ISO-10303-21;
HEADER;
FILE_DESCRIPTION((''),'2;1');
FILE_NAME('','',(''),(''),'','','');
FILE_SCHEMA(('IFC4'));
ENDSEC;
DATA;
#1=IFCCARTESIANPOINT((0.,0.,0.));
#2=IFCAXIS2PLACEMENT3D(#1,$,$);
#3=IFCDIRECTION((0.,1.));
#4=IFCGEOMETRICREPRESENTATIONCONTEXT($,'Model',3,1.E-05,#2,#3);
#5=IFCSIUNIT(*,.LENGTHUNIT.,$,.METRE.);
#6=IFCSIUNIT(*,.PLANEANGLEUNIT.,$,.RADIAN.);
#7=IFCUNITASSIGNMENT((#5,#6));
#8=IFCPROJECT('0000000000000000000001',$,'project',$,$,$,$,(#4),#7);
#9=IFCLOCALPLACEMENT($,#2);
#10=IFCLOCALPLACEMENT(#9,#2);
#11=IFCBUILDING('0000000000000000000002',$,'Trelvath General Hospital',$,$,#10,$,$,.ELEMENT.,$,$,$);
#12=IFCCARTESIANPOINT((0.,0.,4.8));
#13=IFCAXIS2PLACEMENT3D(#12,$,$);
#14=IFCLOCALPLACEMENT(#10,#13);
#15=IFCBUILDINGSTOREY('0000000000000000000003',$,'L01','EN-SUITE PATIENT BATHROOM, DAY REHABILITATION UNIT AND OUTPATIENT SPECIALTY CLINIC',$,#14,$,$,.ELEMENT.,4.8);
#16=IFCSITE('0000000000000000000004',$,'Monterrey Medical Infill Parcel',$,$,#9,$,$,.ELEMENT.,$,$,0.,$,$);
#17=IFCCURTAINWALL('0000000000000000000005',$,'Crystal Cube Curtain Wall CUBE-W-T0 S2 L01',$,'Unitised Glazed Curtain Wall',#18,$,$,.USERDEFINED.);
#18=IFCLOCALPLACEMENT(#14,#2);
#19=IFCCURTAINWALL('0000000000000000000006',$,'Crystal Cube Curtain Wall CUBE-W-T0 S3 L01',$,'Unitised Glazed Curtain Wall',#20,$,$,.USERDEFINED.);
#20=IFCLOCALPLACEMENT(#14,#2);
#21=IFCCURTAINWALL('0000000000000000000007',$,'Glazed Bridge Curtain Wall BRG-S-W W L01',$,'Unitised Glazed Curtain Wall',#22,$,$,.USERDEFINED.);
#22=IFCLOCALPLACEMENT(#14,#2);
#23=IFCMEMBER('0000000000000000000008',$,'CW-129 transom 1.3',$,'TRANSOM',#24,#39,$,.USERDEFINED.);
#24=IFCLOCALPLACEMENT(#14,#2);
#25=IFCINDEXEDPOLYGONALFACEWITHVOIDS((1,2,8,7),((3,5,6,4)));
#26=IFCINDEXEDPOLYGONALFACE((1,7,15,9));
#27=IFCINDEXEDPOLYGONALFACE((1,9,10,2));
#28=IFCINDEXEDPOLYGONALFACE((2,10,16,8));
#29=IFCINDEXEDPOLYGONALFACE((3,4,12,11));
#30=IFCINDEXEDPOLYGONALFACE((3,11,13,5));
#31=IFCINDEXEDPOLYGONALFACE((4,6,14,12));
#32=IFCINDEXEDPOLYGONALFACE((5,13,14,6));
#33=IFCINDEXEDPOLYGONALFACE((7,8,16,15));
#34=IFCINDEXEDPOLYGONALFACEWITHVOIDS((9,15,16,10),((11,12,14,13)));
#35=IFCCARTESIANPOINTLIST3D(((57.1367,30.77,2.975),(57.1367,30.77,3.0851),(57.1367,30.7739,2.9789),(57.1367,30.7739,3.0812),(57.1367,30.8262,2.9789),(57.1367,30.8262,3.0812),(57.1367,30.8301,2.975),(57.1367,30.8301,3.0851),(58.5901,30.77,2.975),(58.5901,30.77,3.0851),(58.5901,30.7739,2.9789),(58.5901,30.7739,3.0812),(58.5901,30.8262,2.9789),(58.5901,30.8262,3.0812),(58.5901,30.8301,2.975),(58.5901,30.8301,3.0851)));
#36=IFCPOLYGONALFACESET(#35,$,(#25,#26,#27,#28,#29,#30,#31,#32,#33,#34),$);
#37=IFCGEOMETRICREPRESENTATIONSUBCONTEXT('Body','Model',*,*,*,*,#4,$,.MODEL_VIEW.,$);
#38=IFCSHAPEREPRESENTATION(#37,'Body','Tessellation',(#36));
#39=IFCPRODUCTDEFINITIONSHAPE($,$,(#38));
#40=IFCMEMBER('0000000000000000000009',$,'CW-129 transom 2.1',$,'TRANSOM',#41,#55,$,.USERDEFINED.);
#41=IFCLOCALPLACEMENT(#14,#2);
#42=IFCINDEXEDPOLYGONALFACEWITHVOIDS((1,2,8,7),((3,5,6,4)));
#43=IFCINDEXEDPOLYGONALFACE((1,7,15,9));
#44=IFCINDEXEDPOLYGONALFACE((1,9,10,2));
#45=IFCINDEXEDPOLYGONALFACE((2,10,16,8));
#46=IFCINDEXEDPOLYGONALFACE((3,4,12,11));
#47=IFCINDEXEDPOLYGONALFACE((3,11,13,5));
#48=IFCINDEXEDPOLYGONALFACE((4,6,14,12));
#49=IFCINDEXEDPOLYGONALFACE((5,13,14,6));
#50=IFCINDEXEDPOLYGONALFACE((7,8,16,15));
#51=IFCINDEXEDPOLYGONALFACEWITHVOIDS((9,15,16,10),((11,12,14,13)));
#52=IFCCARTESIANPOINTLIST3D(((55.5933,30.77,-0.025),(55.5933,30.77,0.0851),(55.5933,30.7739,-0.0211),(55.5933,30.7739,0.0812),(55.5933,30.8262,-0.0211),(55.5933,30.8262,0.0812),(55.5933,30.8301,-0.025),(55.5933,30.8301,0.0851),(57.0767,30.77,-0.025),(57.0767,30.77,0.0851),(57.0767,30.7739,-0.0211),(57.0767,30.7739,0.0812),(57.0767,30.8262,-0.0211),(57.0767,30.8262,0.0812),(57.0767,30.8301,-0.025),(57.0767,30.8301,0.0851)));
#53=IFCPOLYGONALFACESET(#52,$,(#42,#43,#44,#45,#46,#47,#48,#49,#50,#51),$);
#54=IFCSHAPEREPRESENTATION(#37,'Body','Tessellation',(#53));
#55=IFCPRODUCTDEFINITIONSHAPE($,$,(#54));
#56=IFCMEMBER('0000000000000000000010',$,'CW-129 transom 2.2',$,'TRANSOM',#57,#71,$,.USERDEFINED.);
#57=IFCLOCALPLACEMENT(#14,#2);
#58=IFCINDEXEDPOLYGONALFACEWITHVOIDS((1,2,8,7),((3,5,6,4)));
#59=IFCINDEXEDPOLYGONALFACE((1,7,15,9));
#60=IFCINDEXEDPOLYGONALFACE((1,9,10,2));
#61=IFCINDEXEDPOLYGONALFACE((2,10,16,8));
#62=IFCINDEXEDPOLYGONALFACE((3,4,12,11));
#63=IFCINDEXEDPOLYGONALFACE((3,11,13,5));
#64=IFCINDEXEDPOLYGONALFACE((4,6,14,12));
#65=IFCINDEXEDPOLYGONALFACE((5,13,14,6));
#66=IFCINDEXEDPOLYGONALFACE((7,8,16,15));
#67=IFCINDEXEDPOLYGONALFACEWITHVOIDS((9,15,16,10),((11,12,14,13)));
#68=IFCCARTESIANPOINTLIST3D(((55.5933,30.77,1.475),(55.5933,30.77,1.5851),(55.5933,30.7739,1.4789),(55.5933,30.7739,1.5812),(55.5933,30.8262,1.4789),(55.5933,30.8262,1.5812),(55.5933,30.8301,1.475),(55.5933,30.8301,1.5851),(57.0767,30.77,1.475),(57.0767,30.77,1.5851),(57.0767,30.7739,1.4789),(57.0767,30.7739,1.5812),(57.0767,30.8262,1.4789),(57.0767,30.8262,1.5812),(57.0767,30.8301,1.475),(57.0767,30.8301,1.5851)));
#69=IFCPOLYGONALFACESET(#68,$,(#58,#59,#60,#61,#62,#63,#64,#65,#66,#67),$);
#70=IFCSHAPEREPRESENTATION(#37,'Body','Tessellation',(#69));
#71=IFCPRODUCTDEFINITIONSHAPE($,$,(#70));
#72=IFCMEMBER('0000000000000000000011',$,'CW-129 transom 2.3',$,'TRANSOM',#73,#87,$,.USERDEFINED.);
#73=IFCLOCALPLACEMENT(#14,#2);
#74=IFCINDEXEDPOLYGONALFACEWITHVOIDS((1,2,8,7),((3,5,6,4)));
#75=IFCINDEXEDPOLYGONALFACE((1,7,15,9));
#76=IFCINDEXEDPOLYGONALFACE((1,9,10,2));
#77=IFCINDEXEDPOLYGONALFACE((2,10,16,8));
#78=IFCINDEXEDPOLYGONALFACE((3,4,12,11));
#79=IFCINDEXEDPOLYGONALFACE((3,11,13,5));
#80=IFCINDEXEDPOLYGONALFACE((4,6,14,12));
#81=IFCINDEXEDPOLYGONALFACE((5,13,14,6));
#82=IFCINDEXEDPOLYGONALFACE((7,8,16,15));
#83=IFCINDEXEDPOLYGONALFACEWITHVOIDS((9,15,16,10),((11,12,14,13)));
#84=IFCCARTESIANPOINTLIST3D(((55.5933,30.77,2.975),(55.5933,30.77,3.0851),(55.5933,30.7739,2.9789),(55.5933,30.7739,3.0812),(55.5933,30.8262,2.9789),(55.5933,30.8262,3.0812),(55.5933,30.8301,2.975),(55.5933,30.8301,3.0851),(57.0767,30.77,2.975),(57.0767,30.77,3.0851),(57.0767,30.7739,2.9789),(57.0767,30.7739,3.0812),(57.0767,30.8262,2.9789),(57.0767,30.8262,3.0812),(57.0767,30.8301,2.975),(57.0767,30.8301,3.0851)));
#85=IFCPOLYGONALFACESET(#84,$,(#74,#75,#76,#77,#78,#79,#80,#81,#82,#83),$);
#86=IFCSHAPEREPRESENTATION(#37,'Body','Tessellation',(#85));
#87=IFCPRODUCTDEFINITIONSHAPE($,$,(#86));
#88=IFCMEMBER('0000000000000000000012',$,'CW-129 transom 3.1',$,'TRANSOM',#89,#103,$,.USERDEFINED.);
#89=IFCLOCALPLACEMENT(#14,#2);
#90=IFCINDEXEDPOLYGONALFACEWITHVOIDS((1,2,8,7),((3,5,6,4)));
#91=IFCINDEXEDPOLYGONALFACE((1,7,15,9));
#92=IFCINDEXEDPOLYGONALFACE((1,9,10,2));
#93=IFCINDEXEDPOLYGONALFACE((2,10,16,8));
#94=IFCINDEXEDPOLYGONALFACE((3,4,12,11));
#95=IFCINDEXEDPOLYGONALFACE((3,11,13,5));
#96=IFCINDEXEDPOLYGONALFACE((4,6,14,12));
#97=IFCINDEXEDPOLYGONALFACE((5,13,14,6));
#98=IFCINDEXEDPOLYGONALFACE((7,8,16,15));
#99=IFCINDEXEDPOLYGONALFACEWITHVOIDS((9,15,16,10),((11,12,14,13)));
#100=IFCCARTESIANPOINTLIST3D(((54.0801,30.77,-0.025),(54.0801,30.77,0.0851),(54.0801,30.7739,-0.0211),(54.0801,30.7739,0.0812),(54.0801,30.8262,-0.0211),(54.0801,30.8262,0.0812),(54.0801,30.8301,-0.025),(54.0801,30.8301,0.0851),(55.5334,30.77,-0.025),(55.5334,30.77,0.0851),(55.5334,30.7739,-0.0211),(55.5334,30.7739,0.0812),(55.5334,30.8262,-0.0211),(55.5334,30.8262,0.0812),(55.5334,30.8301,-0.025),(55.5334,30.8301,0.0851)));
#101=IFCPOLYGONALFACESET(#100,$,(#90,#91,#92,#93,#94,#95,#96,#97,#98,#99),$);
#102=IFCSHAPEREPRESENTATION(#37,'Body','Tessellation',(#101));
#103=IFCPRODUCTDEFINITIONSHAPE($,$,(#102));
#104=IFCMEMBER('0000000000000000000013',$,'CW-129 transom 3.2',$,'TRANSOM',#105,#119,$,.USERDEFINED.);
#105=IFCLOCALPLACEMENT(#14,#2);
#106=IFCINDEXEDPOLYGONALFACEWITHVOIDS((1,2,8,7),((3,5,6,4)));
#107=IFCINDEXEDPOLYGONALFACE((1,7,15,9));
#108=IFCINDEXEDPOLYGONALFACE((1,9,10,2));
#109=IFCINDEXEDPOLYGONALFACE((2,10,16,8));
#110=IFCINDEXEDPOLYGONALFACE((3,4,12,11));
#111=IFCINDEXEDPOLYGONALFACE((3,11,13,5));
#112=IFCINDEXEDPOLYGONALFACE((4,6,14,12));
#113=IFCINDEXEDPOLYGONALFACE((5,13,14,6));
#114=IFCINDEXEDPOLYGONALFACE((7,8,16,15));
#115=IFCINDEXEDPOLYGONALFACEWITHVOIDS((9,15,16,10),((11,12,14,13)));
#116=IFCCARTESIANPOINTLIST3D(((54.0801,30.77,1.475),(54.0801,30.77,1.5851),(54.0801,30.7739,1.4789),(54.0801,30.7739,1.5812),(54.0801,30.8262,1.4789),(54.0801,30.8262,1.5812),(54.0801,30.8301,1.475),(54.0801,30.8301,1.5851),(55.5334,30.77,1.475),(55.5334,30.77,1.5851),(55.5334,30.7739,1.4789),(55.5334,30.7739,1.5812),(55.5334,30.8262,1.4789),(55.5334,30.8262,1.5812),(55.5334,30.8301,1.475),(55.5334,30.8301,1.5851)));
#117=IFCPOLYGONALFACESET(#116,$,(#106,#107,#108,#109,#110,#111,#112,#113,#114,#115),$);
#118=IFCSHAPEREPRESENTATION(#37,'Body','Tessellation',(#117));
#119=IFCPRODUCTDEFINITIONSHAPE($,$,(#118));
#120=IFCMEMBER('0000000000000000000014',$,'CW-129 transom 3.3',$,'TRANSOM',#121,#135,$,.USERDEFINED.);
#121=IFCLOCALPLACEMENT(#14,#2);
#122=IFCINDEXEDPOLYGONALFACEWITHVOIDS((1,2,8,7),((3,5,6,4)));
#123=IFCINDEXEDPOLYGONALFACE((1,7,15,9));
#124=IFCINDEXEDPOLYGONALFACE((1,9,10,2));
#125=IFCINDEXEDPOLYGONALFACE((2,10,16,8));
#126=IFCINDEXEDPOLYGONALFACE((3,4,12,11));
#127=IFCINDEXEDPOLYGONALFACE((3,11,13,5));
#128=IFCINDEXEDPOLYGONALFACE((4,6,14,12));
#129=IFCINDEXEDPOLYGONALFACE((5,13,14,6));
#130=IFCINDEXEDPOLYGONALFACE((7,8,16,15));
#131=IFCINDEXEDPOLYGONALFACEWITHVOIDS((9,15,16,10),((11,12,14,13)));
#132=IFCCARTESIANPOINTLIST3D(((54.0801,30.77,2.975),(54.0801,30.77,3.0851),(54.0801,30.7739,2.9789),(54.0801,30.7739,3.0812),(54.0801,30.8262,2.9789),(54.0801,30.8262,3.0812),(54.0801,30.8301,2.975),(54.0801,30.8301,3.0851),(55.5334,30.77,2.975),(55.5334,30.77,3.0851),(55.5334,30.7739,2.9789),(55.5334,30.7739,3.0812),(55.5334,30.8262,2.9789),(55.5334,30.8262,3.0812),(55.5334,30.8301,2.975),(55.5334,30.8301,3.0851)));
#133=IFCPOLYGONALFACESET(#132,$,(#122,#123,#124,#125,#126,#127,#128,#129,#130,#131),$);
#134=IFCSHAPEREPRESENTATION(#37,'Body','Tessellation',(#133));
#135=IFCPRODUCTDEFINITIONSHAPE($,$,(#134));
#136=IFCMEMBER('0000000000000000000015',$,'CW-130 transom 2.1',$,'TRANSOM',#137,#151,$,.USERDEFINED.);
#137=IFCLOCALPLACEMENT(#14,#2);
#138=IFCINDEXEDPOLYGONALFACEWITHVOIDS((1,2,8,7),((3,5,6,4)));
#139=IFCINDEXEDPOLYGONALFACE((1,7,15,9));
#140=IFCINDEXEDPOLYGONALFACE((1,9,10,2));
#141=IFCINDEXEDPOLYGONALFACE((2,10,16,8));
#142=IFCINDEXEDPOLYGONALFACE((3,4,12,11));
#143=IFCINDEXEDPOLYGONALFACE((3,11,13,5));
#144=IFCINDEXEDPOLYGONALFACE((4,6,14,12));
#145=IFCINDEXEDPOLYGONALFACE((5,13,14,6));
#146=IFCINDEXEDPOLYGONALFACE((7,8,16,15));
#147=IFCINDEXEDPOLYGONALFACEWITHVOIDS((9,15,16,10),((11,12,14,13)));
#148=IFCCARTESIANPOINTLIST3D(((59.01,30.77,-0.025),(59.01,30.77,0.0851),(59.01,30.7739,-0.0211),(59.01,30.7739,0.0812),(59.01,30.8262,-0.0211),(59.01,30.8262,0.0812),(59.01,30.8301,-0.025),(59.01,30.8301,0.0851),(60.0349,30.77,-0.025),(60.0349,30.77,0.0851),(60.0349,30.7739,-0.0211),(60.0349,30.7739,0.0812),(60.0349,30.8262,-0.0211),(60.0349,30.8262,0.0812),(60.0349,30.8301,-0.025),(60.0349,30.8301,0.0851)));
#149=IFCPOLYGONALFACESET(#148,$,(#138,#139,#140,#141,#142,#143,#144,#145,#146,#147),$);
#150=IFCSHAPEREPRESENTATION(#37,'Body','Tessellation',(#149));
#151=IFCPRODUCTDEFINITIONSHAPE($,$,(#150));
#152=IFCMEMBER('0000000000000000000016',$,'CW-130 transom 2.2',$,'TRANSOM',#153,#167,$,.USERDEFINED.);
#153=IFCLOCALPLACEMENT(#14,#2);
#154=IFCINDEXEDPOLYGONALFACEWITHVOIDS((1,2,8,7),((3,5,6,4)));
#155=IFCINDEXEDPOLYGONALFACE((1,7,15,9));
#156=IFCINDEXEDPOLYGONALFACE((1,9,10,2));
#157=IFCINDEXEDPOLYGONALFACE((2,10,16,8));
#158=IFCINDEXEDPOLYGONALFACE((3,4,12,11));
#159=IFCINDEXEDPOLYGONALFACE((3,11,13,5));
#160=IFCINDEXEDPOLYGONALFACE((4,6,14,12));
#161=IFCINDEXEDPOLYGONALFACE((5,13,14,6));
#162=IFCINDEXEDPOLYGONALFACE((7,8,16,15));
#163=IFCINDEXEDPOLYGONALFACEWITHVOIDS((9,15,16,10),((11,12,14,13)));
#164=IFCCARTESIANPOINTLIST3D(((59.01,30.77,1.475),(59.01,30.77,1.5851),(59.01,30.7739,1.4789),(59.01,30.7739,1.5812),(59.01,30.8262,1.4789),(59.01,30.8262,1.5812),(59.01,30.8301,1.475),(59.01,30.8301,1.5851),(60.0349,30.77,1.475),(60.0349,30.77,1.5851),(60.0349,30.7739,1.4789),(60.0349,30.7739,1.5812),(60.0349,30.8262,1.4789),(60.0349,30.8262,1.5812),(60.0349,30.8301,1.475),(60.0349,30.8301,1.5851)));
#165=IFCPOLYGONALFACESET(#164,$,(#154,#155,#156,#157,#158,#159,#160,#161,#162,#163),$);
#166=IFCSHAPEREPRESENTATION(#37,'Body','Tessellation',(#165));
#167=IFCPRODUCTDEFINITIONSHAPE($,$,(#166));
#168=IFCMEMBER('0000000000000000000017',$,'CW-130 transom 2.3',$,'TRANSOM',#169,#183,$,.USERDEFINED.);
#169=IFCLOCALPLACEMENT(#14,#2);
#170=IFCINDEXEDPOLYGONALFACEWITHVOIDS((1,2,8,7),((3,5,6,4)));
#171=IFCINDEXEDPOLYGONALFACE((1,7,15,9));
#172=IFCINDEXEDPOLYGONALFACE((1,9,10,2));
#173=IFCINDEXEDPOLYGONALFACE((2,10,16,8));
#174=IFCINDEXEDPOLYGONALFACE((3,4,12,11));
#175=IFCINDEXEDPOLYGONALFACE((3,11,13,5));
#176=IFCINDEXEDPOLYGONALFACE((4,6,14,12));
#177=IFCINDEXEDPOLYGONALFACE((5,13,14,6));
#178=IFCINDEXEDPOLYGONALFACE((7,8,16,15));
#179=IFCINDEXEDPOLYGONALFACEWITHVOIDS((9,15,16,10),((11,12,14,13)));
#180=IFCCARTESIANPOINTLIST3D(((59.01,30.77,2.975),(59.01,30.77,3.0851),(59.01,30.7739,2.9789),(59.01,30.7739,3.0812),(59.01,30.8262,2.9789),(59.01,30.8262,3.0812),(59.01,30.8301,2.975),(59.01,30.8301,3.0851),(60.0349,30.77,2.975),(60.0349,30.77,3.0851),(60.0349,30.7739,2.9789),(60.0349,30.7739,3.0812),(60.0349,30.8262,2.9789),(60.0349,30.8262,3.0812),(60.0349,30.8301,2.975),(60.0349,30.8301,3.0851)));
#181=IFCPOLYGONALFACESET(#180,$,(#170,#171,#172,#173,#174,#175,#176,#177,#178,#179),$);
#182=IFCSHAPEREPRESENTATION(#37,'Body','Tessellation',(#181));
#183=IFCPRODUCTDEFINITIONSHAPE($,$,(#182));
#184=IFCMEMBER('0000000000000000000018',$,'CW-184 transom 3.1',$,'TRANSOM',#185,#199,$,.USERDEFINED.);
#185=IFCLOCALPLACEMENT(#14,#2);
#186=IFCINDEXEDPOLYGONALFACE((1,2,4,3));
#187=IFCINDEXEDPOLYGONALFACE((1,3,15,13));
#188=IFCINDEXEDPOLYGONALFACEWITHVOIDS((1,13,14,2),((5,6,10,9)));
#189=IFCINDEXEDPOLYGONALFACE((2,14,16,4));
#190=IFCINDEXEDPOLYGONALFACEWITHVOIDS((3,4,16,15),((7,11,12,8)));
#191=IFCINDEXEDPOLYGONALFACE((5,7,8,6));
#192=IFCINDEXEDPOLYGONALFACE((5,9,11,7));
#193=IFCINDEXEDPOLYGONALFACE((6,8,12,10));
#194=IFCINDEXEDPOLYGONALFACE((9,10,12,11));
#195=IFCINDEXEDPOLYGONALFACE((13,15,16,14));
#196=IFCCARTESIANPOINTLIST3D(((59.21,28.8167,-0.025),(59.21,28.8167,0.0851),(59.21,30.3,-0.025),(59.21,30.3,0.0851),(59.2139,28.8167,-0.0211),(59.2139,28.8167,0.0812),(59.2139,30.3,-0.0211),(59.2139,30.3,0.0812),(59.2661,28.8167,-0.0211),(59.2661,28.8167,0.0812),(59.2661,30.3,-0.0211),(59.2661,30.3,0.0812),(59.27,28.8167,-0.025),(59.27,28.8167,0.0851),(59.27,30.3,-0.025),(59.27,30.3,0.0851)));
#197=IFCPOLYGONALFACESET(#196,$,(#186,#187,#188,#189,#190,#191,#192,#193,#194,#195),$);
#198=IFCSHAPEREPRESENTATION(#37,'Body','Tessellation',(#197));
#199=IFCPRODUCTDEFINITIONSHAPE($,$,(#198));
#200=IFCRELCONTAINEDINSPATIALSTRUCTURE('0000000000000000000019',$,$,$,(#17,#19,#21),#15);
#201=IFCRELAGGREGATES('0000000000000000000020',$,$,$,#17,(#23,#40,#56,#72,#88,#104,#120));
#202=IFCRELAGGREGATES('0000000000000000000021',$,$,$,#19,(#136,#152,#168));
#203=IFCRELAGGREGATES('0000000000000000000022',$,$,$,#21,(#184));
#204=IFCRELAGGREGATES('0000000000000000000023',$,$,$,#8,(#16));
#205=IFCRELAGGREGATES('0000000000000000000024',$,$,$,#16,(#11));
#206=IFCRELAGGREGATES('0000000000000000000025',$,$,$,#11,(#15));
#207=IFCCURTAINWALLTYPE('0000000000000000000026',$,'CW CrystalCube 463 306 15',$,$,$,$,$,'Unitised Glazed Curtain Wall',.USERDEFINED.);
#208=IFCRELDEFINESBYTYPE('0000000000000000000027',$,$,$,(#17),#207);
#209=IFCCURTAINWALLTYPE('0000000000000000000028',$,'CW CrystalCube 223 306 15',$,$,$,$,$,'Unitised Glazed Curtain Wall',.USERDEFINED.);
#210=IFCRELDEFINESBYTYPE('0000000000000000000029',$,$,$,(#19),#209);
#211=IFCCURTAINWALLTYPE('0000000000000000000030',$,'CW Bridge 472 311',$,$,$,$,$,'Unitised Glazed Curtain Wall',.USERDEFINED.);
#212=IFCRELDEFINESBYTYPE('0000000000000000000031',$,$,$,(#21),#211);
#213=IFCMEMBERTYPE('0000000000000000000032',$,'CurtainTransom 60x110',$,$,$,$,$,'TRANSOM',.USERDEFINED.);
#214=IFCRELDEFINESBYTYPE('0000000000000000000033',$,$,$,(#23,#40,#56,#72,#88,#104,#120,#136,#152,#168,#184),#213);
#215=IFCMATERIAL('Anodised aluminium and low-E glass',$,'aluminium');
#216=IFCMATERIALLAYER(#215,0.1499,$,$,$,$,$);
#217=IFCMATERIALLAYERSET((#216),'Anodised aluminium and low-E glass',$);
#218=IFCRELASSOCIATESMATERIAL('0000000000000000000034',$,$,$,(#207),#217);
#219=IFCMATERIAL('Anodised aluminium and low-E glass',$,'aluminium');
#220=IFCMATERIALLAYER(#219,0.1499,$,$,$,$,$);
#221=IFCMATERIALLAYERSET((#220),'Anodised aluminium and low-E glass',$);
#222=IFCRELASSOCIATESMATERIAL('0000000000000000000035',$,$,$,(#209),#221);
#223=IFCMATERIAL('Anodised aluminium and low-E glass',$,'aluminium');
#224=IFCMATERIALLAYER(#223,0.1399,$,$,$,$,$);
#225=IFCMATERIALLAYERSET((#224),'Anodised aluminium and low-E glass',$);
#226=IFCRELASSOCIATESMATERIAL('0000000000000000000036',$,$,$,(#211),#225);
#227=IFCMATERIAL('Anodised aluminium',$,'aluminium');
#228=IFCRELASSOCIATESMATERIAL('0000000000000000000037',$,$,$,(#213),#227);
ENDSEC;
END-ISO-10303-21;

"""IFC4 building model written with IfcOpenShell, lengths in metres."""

from ifc_helpers import new_model, si_unit, direction, frame, origin, origin_2d, place, context, subcontext, project, spatial, hollow_rectangle, extrude, material, layer, layer_set, material_profile, profile_set, type_object, element, aggregate, save


model = new_model("IFC4")

# Units and contexts
model_context = context("Model", 3, precision=1e-05, world=origin(), true_north=direction((0.0, 1.0)))
body_context = subcontext(model_context, "Body", "Model", "MODEL_VIEW")
ifc_project = project(units=[si_unit("LENGTHUNIT", "METRE"), si_unit("PLANEANGLEUNIT", "RADIAN")], contexts=[model_context])

# Site, building, storey
site_placement = place(None, origin())
site = spatial("IfcSite", under=ifc_project, at=site_placement, Name="Monterrey Medical Infill Parcel", CompositionType="ELEMENT", RefElevation=0.0)
building_placement = place(site_placement, origin())
building = spatial("IfcBuilding", under=site, at=building_placement, Name="Trelvath General Hospital", CompositionType="ELEMENT")
storey_placement = place(building_placement, frame((0.0, 0.0, 4.8)))
storey = spatial("IfcBuildingStorey", under=building, at=storey_placement, Name="L01", Description="EN-SUITE PATIENT BATHROOM, DAY REHABILITATION UNIT AND OUTPATIENT SPECIALTY CLINIC", CompositionType="ELEMENT", Elevation=4.8)

# Curtain walls
ifc_material_1 = material(Name="Anodised aluminium and low-E glass", Category="aluminium")
ifc_layer_1 = layer(ifc_material_1, 0.1499)
ifc_layer_set_1 = layer_set([ifc_layer_1], Name="Anodised aluminium and low-E glass")
curtain_wall_type_1 = type_object("IfcCurtainWallType", Name="CW CrystalCube 463 306 15", ElementType="Unitised Glazed Curtain Wall", PredefinedType="USERDEFINED", material=ifc_layer_set_1)
curtain_wall_1_placement = place(storey_placement, origin())
curtain_wall_1 = element("IfcCurtainWall", 1, at=curtain_wall_1_placement, inside=storey, type_object=curtain_wall_type_1, Name="Crystal Cube Curtain Wall CUBE-W-T0 S2 L01", ObjectType="Unitised Glazed Curtain Wall", PredefinedType="USERDEFINED")
ifc_material_2 = material(Name="Anodised aluminium and low-E glass", Category="aluminium")
ifc_layer_2 = layer(ifc_material_2, 0.1499)
ifc_layer_set_2 = layer_set([ifc_layer_2], Name="Anodised aluminium and low-E glass")
curtain_wall_type_2 = type_object("IfcCurtainWallType", Name="CW CrystalCube 223 306 15", ElementType="Unitised Glazed Curtain Wall", PredefinedType="USERDEFINED", material=ifc_layer_set_2)
curtain_wall_2_placement = place(storey_placement, origin())
curtain_wall_2 = element("IfcCurtainWall", 2, at=curtain_wall_2_placement, inside=storey, type_object=curtain_wall_type_2, Name="Crystal Cube Curtain Wall CUBE-W-T0 S3 L01", ObjectType="Unitised Glazed Curtain Wall", PredefinedType="USERDEFINED")
ifc_material_3 = material(Name="Anodised aluminium and low-E glass", Category="aluminium")
ifc_layer_3 = layer(ifc_material_3, 0.1399)
ifc_layer_set_3 = layer_set([ifc_layer_3], Name="Anodised aluminium and low-E glass")
curtain_wall_type_3 = type_object("IfcCurtainWallType", Name="CW Bridge 472 311", ElementType="Unitised Glazed Curtain Wall", PredefinedType="USERDEFINED", material=ifc_layer_set_3)
curtain_wall_3_placement = place(storey_placement, origin())
curtain_wall_3 = element("IfcCurtainWall", 3, at=curtain_wall_3_placement, inside=storey, type_object=curtain_wall_type_3, Name="Glazed Bridge Curtain Wall BRG-S-W W L01", ObjectType="Unitised Glazed Curtain Wall", PredefinedType="USERDEFINED")

# Members
ifc_material_4 = material(Name="Anodised aluminium", Category="aluminium")
ifc_material_profile_1 = material_profile(ifc_material_4, hollow_rectangle(XDim=0.0601, YDim=0.1101, WallThickness=0.0039, at=origin_2d()), Name="RHS60x110x4")
ifc_profile_set_1 = profile_set([ifc_material_profile_1], Name="Anodised aluminium")
member_type_1 = type_object("IfcMemberType", Name="CurtainTransom 60x110", ElementType="TRANSOM", PredefinedType="USERDEFINED", material=ifc_profile_set_1)
member_1_placement = place(storey_placement, frame((58.5901, 30.8, 3.03), z_axis=(-1.0, 0.0, 0.0), x_axis=(0.0, -1.0, 0.0)))
member_1 = element("IfcMember", 4, at=member_1_placement, type_object=member_type_1, Name="CW-129 transom 1.3", ObjectType="TRANSOM", PredefinedType="USERDEFINED", context=body_context, shape_type="SweptSolid", body=[
    extrude(hollow_rectangle(XDim=0.0601, YDim=0.1101, WallThickness=0.0039, at=origin_2d()), origin(), (0.0, 0.0, 1.0), 1.4534),
])
member_2_placement = place(storey_placement, frame((57.0767, 30.8, 0.03), z_axis=(-1.0, 0.0, 0.0), x_axis=(0.0, -1.0, 0.0)))
member_2 = element("IfcMember", 5, at=member_2_placement, type_object=member_type_1, Name="CW-129 transom 2.1", ObjectType="TRANSOM", PredefinedType="USERDEFINED", context=body_context, shape_type="SweptSolid", body=[
    extrude(hollow_rectangle(XDim=0.0601, YDim=0.1101, WallThickness=0.0039, at=origin_2d()), origin(), (0.0, 0.0, 1.0), 1.4834),
])
member_3_placement = place(storey_placement, frame((57.0767, 30.8, 1.53), z_axis=(-1.0, 0.0, 0.0), x_axis=(0.0, -1.0, 0.0)))
member_3 = element("IfcMember", 6, at=member_3_placement, type_object=member_type_1, Name="CW-129 transom 2.2", ObjectType="TRANSOM", PredefinedType="USERDEFINED", context=body_context, shape_type="SweptSolid", body=[
    extrude(hollow_rectangle(XDim=0.0601, YDim=0.1101, WallThickness=0.0039, at=origin_2d()), origin(), (0.0, 0.0, 1.0), 1.4834),
])
member_4_placement = place(storey_placement, frame((57.0767, 30.8, 3.03), z_axis=(-1.0, 0.0, 0.0), x_axis=(0.0, -1.0, 0.0)))
member_4 = element("IfcMember", 7, at=member_4_placement, type_object=member_type_1, Name="CW-129 transom 2.3", ObjectType="TRANSOM", PredefinedType="USERDEFINED", context=body_context, shape_type="SweptSolid", body=[
    extrude(hollow_rectangle(XDim=0.0601, YDim=0.1101, WallThickness=0.0039, at=origin_2d()), origin(), (0.0, 0.0, 1.0), 1.4834),
])
member_5_placement = place(storey_placement, frame((55.5334, 30.8, 0.03), z_axis=(-1.0, 0.0, 0.0), x_axis=(0.0, -1.0, 0.0)))
member_5 = element("IfcMember", 8, at=member_5_placement, type_object=member_type_1, Name="CW-129 transom 3.1", ObjectType="TRANSOM", PredefinedType="USERDEFINED", context=body_context, shape_type="SweptSolid", body=[
    extrude(hollow_rectangle(XDim=0.0601, YDim=0.1101, WallThickness=0.0039, at=origin_2d()), origin(), (0.0, 0.0, 1.0), 1.4534),
])
member_6_placement = place(storey_placement, frame((55.5334, 30.8, 1.53), z_axis=(-1.0, 0.0, 0.0), x_axis=(0.0, -1.0, 0.0)))
member_6 = element("IfcMember", 9, at=member_6_placement, type_object=member_type_1, Name="CW-129 transom 3.2", ObjectType="TRANSOM", PredefinedType="USERDEFINED", context=body_context, shape_type="SweptSolid", body=[
    extrude(hollow_rectangle(XDim=0.0601, YDim=0.1101, WallThickness=0.0039, at=origin_2d()), origin(), (0.0, 0.0, 1.0), 1.4534),
])
member_7_placement = place(storey_placement, frame((55.5334, 30.8, 3.03), z_axis=(-1.0, 0.0, 0.0), x_axis=(0.0, -1.0, 0.0)))
member_7 = element("IfcMember", 10, at=member_7_placement, type_object=member_type_1, Name="CW-129 transom 3.3", ObjectType="TRANSOM", PredefinedType="USERDEFINED", context=body_context, shape_type="SweptSolid", body=[
    extrude(hollow_rectangle(XDim=0.0601, YDim=0.1101, WallThickness=0.0039, at=origin_2d()), origin(), (0.0, 0.0, 1.0), 1.4534),
])
member_8_placement = place(storey_placement, frame((60.0349, 30.8, 0.03), z_axis=(-1.0, 0.0, 0.0), x_axis=(0.0, -1.0, 0.0)))
member_8 = element("IfcMember", 11, at=member_8_placement, type_object=member_type_1, Name="CW-130 transom 2.1", ObjectType="TRANSOM", PredefinedType="USERDEFINED", context=body_context, shape_type="SweptSolid", body=[
    extrude(hollow_rectangle(XDim=0.0601, YDim=0.1101, WallThickness=0.0039, at=origin_2d()), origin(), (0.0, 0.0, 1.0), 1.0249),
])
member_9_placement = place(storey_placement, frame((60.0349, 30.8, 1.53), z_axis=(-1.0, 0.0, 0.0), x_axis=(0.0, -1.0, 0.0)))
member_9 = element("IfcMember", 12, at=member_9_placement, type_object=member_type_1, Name="CW-130 transom 2.2", ObjectType="TRANSOM", PredefinedType="USERDEFINED", context=body_context, shape_type="SweptSolid", body=[
    extrude(hollow_rectangle(XDim=0.0601, YDim=0.1101, WallThickness=0.0039, at=origin_2d()), origin(), (0.0, 0.0, 1.0), 1.0249),
])
member_10_placement = place(storey_placement, frame((60.0349, 30.8, 3.03), z_axis=(-1.0, 0.0, 0.0), x_axis=(0.0, -1.0, 0.0)))
member_10 = element("IfcMember", 13, at=member_10_placement, type_object=member_type_1, Name="CW-130 transom 2.3", ObjectType="TRANSOM", PredefinedType="USERDEFINED", context=body_context, shape_type="SweptSolid", body=[
    extrude(hollow_rectangle(XDim=0.0601, YDim=0.1101, WallThickness=0.0039, at=origin_2d()), origin(), (0.0, 0.0, 1.0), 1.0249),
])
member_11_placement = place(storey_placement, frame((59.24, 28.8167, 0.03), z_axis=(0.0, 1.0, 0.0), x_axis=(-1.0, 0.0, 0.0)))
member_11 = element("IfcMember", 14, at=member_11_placement, type_object=member_type_1, Name="CW-184 transom 3.1", ObjectType="TRANSOM", PredefinedType="USERDEFINED", context=body_context, shape_type="SweptSolid", body=[
    extrude(hollow_rectangle(XDim=0.0601, YDim=0.1101, WallThickness=0.0039, at=origin_2d()), origin(), (0.0, 0.0, 1.0), 1.4834),
])

aggregate(curtain_wall_1, [member_1, member_2, member_3, member_4, member_5, member_6, member_7])
aggregate(curtain_wall_2, [member_8, member_9, member_10])
aggregate(curtain_wall_3, [member_11])

save(model, "model.ifc")
